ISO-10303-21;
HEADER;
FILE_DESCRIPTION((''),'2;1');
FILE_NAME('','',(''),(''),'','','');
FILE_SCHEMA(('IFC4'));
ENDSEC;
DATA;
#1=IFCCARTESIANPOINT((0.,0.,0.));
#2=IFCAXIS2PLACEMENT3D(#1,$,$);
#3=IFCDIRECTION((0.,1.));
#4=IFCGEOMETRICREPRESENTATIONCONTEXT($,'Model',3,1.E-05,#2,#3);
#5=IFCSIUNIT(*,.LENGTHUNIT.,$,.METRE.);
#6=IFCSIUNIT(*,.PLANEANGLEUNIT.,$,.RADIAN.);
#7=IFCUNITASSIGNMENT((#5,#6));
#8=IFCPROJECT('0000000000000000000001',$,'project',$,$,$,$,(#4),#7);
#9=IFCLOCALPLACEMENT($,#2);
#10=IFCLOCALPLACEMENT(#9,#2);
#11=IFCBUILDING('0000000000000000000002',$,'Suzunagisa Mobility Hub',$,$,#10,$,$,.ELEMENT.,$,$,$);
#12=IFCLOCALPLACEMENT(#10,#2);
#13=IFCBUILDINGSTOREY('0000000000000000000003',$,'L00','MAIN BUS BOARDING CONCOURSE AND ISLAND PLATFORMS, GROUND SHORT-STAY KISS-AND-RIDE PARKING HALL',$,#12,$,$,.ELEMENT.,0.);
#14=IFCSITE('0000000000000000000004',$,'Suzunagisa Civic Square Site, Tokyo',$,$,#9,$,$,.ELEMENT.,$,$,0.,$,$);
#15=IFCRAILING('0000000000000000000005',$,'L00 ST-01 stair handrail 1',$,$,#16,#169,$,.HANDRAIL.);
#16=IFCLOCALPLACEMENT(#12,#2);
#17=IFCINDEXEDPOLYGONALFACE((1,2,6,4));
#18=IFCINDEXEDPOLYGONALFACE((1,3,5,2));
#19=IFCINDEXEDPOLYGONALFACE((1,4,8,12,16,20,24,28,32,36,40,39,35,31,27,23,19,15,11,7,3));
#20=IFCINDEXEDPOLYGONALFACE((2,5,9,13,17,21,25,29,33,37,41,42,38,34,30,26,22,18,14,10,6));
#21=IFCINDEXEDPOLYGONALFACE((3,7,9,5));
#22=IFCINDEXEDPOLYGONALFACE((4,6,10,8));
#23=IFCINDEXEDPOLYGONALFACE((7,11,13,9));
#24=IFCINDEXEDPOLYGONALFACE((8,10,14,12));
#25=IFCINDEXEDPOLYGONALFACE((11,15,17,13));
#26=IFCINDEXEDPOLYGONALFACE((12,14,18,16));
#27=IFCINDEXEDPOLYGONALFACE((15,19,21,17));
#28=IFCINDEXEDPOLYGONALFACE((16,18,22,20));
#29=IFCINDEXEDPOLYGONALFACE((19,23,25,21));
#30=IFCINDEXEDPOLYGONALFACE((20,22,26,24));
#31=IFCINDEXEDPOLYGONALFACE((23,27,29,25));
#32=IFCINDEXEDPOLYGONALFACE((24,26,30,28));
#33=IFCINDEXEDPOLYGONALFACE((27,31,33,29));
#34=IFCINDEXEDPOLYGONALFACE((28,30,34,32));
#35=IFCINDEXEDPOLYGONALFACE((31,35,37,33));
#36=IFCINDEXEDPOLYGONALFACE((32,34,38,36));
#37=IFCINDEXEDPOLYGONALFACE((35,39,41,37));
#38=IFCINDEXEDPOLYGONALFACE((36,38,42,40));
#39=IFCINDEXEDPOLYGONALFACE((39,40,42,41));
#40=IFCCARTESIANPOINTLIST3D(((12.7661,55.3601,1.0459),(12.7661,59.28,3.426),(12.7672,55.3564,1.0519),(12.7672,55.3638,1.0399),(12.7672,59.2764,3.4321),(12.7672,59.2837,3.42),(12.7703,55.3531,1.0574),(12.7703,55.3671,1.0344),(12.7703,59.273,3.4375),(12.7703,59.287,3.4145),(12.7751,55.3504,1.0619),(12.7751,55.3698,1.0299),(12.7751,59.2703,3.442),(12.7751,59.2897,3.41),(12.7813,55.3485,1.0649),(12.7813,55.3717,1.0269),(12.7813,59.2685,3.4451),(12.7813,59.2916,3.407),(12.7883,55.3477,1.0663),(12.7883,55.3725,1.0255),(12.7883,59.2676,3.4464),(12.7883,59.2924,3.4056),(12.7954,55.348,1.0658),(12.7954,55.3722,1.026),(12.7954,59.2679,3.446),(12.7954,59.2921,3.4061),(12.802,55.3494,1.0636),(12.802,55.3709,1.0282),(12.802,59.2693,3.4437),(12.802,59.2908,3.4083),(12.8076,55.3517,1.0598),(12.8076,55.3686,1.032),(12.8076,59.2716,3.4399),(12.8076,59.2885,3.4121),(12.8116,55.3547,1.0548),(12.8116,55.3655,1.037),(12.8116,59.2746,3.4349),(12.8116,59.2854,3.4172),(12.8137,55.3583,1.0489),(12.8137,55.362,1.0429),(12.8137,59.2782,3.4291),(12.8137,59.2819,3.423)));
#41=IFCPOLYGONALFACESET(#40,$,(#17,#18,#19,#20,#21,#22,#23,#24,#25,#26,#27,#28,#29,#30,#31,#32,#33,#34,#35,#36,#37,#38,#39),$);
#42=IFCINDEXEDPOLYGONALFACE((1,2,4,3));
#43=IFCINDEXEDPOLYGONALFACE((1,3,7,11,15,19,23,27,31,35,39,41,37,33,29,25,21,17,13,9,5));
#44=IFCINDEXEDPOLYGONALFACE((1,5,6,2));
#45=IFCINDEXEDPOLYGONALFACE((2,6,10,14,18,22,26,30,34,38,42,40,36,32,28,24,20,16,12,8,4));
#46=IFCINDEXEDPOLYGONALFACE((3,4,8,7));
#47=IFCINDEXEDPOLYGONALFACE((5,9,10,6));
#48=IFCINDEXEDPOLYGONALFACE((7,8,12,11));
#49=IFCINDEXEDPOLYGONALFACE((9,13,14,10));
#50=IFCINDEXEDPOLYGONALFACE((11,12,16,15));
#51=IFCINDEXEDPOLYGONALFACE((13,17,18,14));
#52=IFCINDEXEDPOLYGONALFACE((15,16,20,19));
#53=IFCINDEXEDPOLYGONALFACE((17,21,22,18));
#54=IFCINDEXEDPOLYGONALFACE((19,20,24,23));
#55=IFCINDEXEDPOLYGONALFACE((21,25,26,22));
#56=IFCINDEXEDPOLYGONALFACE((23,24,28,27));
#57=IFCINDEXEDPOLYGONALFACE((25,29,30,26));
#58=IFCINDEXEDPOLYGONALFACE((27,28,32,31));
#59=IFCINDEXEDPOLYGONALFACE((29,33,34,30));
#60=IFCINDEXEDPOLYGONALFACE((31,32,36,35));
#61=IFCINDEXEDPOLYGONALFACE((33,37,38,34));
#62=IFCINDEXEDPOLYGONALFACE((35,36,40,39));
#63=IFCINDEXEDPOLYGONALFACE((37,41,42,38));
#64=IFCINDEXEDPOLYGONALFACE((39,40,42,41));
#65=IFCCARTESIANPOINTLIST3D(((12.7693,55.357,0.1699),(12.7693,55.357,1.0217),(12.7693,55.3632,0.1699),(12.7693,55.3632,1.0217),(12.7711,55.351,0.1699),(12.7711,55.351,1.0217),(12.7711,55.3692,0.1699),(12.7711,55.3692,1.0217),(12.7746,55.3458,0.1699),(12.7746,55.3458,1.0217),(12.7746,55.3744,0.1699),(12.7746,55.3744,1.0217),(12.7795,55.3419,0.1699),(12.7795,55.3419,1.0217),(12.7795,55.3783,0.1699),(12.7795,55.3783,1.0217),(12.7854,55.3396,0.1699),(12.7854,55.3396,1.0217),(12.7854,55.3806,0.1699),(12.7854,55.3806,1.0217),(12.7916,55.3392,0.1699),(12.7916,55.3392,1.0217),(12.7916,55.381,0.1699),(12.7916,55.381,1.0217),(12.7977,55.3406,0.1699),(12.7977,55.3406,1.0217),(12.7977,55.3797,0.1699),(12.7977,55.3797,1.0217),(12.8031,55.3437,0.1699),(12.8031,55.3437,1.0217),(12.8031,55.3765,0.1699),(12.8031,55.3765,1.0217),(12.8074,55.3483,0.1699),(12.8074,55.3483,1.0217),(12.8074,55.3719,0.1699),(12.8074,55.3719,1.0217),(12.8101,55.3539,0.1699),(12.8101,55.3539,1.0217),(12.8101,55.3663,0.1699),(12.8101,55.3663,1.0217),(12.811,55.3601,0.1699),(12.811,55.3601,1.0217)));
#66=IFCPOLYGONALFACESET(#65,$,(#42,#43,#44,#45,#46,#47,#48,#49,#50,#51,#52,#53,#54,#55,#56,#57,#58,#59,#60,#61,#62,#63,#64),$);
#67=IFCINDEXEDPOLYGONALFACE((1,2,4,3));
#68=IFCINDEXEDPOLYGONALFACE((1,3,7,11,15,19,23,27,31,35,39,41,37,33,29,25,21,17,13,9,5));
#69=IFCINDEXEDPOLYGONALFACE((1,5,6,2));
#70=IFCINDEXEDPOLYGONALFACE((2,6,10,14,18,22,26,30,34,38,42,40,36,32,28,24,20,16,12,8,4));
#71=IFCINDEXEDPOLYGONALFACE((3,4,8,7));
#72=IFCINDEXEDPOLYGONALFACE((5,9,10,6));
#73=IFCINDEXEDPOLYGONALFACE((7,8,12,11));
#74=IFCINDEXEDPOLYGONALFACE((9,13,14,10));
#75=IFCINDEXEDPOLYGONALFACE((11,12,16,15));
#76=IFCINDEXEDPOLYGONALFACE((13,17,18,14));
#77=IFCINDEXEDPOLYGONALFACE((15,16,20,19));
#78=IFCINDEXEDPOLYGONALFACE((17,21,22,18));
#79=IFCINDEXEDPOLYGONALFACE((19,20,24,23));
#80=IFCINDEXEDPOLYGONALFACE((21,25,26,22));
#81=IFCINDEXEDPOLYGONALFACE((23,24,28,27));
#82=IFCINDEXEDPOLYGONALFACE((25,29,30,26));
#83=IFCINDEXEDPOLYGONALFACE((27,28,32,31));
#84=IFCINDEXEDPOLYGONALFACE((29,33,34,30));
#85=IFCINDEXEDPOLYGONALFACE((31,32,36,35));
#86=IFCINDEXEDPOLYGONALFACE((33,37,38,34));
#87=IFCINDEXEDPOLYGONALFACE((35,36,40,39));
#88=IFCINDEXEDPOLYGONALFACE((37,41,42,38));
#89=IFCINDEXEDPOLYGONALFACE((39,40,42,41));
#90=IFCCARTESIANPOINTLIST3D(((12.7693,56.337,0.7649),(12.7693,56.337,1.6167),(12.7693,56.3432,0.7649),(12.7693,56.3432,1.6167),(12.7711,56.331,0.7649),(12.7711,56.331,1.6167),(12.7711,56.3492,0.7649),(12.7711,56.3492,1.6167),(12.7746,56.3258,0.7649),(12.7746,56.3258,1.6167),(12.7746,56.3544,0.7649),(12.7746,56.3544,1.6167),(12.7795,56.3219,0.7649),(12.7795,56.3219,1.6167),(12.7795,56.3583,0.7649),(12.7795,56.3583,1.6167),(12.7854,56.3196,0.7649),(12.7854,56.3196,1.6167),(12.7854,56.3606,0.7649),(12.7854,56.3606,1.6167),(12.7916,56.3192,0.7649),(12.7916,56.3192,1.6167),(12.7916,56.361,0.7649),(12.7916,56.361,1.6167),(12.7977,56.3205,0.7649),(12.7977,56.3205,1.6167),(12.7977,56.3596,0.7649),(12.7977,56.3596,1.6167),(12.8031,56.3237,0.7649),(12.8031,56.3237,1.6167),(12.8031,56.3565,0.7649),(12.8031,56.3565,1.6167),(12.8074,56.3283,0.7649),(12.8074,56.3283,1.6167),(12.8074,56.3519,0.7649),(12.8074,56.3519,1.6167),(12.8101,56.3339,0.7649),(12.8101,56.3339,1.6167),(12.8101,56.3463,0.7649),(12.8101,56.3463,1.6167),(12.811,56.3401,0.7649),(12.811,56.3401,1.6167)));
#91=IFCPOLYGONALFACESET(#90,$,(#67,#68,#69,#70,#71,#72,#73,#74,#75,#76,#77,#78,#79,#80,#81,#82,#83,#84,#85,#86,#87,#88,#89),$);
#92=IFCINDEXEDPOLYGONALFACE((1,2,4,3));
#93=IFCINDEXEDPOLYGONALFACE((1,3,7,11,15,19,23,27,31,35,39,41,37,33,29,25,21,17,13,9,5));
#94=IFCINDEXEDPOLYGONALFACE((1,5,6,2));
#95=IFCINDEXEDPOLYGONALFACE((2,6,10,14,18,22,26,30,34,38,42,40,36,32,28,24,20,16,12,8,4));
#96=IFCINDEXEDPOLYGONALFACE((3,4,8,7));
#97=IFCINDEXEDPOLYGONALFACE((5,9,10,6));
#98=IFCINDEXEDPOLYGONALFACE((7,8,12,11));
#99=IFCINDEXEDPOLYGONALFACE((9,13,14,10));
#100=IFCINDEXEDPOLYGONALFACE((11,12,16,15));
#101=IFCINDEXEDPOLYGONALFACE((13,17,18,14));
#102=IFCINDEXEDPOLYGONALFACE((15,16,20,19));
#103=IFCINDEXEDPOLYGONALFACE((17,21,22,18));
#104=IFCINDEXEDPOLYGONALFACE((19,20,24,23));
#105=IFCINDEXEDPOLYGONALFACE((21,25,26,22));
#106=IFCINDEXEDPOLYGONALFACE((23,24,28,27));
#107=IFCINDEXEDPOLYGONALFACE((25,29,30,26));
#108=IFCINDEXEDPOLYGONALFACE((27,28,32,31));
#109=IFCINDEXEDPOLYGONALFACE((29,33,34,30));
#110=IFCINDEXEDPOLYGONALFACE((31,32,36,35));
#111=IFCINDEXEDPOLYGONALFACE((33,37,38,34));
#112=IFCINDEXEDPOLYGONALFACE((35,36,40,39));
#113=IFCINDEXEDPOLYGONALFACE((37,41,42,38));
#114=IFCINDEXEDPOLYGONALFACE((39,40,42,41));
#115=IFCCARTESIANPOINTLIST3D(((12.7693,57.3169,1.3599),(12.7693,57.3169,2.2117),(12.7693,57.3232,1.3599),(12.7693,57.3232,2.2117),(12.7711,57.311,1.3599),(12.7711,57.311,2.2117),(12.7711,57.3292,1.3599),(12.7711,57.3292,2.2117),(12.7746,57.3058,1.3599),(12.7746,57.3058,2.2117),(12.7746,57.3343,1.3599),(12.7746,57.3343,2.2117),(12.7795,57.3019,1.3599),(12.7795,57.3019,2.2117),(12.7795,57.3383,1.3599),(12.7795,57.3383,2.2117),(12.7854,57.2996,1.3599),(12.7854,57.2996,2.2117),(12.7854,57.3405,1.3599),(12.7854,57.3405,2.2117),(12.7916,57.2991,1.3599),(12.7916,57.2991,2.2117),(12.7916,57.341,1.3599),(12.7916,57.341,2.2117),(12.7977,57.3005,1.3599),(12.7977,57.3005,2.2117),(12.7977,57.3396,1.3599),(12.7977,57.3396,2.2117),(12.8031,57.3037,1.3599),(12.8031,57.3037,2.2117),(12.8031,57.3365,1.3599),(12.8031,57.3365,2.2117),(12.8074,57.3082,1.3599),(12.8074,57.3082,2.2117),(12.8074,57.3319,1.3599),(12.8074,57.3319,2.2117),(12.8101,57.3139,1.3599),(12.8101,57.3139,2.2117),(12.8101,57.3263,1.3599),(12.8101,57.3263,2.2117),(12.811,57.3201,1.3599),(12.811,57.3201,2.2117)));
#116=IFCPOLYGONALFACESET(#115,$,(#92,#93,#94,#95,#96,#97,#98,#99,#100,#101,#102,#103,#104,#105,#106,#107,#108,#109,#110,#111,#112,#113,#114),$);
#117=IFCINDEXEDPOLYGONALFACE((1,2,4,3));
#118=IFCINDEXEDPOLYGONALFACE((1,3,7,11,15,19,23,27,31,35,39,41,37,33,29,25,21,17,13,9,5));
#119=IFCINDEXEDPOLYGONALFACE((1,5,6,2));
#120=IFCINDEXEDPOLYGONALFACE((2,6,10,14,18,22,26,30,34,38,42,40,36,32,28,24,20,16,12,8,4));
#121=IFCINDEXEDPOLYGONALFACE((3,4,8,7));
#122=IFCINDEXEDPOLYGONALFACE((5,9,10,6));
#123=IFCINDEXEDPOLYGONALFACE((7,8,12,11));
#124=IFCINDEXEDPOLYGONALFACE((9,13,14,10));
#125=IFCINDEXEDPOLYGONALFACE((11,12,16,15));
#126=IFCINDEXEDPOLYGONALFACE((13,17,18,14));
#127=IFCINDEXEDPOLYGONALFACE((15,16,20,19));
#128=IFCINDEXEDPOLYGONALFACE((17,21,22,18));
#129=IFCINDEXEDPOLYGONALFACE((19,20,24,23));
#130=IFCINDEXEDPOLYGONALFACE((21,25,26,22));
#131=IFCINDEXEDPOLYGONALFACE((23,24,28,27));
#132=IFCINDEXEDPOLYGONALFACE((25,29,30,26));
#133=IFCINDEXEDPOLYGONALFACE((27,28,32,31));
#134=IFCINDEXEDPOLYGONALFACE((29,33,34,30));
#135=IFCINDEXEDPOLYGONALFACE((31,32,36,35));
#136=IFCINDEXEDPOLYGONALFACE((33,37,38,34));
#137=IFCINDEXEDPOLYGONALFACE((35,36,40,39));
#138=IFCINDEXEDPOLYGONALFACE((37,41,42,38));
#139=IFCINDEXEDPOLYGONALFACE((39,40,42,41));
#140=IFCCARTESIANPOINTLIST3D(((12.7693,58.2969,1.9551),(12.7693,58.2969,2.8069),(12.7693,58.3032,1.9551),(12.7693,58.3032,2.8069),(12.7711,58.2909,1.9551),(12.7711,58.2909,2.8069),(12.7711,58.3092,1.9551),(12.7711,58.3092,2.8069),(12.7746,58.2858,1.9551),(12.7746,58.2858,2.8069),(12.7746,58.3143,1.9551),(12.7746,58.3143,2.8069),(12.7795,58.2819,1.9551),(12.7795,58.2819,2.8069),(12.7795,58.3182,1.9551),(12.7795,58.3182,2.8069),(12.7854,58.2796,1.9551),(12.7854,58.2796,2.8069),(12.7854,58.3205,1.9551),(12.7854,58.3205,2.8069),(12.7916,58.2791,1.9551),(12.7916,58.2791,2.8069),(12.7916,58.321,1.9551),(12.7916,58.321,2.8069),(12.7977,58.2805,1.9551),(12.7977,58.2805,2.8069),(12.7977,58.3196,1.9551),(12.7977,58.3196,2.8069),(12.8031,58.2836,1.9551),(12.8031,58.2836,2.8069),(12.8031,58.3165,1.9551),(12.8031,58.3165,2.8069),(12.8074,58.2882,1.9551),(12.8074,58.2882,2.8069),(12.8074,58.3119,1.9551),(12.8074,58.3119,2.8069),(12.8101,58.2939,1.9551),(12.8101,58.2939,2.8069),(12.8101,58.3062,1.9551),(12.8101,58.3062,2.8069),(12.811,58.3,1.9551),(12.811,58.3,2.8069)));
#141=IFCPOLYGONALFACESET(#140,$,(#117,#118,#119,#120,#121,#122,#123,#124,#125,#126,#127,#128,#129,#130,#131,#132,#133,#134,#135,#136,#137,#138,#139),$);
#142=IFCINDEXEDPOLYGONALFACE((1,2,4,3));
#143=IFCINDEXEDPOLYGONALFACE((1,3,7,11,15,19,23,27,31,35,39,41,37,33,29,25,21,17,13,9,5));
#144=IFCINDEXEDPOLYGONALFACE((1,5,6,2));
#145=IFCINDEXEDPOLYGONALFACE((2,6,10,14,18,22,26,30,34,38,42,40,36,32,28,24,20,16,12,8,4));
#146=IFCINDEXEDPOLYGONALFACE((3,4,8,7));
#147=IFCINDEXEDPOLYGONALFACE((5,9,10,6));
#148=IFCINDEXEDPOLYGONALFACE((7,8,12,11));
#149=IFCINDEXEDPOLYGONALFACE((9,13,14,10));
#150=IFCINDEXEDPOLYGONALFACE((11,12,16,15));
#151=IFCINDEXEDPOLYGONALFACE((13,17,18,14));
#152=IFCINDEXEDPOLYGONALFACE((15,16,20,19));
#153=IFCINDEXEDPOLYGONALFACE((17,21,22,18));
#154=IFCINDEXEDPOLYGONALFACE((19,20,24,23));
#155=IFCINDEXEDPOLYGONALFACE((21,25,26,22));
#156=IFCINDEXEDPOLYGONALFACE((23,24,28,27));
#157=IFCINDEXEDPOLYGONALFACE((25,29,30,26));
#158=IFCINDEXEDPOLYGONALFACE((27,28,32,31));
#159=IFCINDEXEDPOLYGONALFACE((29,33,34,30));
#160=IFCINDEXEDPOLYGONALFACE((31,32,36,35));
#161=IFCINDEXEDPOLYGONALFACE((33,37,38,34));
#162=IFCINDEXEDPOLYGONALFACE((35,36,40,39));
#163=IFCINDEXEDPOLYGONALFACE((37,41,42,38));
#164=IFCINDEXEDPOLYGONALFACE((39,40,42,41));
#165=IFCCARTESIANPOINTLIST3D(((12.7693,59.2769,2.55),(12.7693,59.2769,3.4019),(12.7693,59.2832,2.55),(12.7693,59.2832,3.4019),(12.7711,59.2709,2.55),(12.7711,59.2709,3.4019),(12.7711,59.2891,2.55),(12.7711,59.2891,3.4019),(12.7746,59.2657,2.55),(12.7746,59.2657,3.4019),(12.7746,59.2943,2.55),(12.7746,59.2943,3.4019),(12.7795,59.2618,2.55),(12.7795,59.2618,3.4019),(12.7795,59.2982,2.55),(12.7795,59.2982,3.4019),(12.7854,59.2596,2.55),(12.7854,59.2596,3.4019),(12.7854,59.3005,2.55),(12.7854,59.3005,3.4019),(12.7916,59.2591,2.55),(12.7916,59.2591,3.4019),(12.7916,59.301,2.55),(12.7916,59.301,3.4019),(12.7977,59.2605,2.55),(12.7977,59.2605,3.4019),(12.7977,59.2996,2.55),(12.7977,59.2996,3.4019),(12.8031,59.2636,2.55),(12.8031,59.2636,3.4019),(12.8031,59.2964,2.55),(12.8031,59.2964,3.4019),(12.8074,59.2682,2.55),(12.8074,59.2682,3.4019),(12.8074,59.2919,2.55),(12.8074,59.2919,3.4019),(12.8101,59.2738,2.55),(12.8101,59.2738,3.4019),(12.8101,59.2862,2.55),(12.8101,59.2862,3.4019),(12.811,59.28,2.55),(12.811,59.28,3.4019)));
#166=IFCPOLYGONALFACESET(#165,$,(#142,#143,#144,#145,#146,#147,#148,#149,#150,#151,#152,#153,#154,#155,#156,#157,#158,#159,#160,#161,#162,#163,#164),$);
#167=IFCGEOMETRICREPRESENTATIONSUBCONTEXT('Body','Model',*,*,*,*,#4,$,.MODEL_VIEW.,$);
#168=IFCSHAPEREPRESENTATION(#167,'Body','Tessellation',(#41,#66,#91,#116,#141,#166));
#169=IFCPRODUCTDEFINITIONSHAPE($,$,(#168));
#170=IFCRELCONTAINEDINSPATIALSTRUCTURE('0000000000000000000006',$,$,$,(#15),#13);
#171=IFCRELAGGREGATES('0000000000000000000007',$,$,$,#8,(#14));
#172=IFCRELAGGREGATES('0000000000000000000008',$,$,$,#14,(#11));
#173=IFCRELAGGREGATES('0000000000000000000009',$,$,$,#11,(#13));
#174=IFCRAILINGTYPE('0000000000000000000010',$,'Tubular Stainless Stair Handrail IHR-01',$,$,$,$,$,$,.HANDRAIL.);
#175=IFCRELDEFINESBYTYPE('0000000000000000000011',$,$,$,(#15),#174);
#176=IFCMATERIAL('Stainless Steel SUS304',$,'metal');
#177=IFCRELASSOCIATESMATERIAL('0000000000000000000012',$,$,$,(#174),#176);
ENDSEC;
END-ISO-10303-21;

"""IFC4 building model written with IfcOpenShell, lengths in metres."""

from ifc_helpers import new_model, si_unit, direction, frame, origin, origin_2d, place, context, subcontext, project, spatial, circle, extrude, material, type_object, element, save


model = new_model("IFC4")

# Units and contexts
model_context = context("Model", 3, precision=1e-05, world=origin(), true_north=direction((0.0, 1.0)))
body_context = subcontext(model_context, "Body", "Model", "MODEL_VIEW")
ifc_project = project(units=[si_unit("LENGTHUNIT", "METRE"), si_unit("PLANEANGLEUNIT", "RADIAN")], contexts=[model_context])

# Site, building, storey
site_placement = place(None, origin())
site = spatial("IfcSite", under=ifc_project, at=site_placement, Name="Suzunagisa Civic Square Site, Tokyo", CompositionType="ELEMENT", RefElevation=0.0)
building_placement = place(site_placement, origin())
building = spatial("IfcBuilding", under=site, at=building_placement, Name="Suzunagisa Mobility Hub", CompositionType="ELEMENT")
storey_placement = place(building_placement, origin())
storey = spatial("IfcBuildingStorey", under=building, at=storey_placement, Name="L00", Description="MAIN BUS BOARDING CONCOURSE AND ISLAND PLATFORMS, GROUND SHORT-STAY KISS-AND-RIDE PARKING HALL", CompositionType="ELEMENT", Elevation=0.0)

# Railing
ifc_material_1 = material(Name="Stainless Steel SUS304", Category="metal")
railing_type_1 = type_object("IfcRailingType", Name="Tubular Stainless Stair Handrail IHR-01", PredefinedType="HANDRAIL", material=ifc_material_1)
railing_1_placement = place(storey_placement, frame((12.79, 55.3601, 0.1699)))
element("IfcRailing", 1, at=railing_1_placement, inside=storey, type_object=railing_type_1, Name="L00 ST-01 stair handrail 1", PredefinedType="HANDRAIL", context=body_context, shape_type="SweptSolid", body=[
    extrude(circle(Radius=0.0239, at=origin_2d()), frame((0.0, 0.0, 0.876), z_axis=(0.0, 0.854771, 0.519006), x_axis=(-1.0, 0.0, 0.0)), (0.0, 0.0, 1.0), 4.5859),
    extrude(circle(Radius=0.021, at=origin_2d()), origin(), (0.0, 0.0, 1.0), 0.8518),
    extrude(circle(Radius=0.021, at=origin_2d()), frame((0.0, 0.98, 0.595)), (0.0, 0.0, 1.0), 0.8518),
    extrude(circle(Radius=0.021, at=origin_2d()), frame((0.0, 1.96, 1.1899)), (0.0, 0.0, 1.0), 0.8518),
    extrude(circle(Radius=0.021, at=origin_2d()), frame((0.0, 2.9399, 1.7852)), (0.0, 0.0, 1.0), 0.8518),
    extrude(circle(Radius=0.021, at=origin_2d()), frame((0.0, 3.9199, 2.3801)), (0.0, 0.0, 1.0), 0.8518),
])

save(model, "model.ifc")
